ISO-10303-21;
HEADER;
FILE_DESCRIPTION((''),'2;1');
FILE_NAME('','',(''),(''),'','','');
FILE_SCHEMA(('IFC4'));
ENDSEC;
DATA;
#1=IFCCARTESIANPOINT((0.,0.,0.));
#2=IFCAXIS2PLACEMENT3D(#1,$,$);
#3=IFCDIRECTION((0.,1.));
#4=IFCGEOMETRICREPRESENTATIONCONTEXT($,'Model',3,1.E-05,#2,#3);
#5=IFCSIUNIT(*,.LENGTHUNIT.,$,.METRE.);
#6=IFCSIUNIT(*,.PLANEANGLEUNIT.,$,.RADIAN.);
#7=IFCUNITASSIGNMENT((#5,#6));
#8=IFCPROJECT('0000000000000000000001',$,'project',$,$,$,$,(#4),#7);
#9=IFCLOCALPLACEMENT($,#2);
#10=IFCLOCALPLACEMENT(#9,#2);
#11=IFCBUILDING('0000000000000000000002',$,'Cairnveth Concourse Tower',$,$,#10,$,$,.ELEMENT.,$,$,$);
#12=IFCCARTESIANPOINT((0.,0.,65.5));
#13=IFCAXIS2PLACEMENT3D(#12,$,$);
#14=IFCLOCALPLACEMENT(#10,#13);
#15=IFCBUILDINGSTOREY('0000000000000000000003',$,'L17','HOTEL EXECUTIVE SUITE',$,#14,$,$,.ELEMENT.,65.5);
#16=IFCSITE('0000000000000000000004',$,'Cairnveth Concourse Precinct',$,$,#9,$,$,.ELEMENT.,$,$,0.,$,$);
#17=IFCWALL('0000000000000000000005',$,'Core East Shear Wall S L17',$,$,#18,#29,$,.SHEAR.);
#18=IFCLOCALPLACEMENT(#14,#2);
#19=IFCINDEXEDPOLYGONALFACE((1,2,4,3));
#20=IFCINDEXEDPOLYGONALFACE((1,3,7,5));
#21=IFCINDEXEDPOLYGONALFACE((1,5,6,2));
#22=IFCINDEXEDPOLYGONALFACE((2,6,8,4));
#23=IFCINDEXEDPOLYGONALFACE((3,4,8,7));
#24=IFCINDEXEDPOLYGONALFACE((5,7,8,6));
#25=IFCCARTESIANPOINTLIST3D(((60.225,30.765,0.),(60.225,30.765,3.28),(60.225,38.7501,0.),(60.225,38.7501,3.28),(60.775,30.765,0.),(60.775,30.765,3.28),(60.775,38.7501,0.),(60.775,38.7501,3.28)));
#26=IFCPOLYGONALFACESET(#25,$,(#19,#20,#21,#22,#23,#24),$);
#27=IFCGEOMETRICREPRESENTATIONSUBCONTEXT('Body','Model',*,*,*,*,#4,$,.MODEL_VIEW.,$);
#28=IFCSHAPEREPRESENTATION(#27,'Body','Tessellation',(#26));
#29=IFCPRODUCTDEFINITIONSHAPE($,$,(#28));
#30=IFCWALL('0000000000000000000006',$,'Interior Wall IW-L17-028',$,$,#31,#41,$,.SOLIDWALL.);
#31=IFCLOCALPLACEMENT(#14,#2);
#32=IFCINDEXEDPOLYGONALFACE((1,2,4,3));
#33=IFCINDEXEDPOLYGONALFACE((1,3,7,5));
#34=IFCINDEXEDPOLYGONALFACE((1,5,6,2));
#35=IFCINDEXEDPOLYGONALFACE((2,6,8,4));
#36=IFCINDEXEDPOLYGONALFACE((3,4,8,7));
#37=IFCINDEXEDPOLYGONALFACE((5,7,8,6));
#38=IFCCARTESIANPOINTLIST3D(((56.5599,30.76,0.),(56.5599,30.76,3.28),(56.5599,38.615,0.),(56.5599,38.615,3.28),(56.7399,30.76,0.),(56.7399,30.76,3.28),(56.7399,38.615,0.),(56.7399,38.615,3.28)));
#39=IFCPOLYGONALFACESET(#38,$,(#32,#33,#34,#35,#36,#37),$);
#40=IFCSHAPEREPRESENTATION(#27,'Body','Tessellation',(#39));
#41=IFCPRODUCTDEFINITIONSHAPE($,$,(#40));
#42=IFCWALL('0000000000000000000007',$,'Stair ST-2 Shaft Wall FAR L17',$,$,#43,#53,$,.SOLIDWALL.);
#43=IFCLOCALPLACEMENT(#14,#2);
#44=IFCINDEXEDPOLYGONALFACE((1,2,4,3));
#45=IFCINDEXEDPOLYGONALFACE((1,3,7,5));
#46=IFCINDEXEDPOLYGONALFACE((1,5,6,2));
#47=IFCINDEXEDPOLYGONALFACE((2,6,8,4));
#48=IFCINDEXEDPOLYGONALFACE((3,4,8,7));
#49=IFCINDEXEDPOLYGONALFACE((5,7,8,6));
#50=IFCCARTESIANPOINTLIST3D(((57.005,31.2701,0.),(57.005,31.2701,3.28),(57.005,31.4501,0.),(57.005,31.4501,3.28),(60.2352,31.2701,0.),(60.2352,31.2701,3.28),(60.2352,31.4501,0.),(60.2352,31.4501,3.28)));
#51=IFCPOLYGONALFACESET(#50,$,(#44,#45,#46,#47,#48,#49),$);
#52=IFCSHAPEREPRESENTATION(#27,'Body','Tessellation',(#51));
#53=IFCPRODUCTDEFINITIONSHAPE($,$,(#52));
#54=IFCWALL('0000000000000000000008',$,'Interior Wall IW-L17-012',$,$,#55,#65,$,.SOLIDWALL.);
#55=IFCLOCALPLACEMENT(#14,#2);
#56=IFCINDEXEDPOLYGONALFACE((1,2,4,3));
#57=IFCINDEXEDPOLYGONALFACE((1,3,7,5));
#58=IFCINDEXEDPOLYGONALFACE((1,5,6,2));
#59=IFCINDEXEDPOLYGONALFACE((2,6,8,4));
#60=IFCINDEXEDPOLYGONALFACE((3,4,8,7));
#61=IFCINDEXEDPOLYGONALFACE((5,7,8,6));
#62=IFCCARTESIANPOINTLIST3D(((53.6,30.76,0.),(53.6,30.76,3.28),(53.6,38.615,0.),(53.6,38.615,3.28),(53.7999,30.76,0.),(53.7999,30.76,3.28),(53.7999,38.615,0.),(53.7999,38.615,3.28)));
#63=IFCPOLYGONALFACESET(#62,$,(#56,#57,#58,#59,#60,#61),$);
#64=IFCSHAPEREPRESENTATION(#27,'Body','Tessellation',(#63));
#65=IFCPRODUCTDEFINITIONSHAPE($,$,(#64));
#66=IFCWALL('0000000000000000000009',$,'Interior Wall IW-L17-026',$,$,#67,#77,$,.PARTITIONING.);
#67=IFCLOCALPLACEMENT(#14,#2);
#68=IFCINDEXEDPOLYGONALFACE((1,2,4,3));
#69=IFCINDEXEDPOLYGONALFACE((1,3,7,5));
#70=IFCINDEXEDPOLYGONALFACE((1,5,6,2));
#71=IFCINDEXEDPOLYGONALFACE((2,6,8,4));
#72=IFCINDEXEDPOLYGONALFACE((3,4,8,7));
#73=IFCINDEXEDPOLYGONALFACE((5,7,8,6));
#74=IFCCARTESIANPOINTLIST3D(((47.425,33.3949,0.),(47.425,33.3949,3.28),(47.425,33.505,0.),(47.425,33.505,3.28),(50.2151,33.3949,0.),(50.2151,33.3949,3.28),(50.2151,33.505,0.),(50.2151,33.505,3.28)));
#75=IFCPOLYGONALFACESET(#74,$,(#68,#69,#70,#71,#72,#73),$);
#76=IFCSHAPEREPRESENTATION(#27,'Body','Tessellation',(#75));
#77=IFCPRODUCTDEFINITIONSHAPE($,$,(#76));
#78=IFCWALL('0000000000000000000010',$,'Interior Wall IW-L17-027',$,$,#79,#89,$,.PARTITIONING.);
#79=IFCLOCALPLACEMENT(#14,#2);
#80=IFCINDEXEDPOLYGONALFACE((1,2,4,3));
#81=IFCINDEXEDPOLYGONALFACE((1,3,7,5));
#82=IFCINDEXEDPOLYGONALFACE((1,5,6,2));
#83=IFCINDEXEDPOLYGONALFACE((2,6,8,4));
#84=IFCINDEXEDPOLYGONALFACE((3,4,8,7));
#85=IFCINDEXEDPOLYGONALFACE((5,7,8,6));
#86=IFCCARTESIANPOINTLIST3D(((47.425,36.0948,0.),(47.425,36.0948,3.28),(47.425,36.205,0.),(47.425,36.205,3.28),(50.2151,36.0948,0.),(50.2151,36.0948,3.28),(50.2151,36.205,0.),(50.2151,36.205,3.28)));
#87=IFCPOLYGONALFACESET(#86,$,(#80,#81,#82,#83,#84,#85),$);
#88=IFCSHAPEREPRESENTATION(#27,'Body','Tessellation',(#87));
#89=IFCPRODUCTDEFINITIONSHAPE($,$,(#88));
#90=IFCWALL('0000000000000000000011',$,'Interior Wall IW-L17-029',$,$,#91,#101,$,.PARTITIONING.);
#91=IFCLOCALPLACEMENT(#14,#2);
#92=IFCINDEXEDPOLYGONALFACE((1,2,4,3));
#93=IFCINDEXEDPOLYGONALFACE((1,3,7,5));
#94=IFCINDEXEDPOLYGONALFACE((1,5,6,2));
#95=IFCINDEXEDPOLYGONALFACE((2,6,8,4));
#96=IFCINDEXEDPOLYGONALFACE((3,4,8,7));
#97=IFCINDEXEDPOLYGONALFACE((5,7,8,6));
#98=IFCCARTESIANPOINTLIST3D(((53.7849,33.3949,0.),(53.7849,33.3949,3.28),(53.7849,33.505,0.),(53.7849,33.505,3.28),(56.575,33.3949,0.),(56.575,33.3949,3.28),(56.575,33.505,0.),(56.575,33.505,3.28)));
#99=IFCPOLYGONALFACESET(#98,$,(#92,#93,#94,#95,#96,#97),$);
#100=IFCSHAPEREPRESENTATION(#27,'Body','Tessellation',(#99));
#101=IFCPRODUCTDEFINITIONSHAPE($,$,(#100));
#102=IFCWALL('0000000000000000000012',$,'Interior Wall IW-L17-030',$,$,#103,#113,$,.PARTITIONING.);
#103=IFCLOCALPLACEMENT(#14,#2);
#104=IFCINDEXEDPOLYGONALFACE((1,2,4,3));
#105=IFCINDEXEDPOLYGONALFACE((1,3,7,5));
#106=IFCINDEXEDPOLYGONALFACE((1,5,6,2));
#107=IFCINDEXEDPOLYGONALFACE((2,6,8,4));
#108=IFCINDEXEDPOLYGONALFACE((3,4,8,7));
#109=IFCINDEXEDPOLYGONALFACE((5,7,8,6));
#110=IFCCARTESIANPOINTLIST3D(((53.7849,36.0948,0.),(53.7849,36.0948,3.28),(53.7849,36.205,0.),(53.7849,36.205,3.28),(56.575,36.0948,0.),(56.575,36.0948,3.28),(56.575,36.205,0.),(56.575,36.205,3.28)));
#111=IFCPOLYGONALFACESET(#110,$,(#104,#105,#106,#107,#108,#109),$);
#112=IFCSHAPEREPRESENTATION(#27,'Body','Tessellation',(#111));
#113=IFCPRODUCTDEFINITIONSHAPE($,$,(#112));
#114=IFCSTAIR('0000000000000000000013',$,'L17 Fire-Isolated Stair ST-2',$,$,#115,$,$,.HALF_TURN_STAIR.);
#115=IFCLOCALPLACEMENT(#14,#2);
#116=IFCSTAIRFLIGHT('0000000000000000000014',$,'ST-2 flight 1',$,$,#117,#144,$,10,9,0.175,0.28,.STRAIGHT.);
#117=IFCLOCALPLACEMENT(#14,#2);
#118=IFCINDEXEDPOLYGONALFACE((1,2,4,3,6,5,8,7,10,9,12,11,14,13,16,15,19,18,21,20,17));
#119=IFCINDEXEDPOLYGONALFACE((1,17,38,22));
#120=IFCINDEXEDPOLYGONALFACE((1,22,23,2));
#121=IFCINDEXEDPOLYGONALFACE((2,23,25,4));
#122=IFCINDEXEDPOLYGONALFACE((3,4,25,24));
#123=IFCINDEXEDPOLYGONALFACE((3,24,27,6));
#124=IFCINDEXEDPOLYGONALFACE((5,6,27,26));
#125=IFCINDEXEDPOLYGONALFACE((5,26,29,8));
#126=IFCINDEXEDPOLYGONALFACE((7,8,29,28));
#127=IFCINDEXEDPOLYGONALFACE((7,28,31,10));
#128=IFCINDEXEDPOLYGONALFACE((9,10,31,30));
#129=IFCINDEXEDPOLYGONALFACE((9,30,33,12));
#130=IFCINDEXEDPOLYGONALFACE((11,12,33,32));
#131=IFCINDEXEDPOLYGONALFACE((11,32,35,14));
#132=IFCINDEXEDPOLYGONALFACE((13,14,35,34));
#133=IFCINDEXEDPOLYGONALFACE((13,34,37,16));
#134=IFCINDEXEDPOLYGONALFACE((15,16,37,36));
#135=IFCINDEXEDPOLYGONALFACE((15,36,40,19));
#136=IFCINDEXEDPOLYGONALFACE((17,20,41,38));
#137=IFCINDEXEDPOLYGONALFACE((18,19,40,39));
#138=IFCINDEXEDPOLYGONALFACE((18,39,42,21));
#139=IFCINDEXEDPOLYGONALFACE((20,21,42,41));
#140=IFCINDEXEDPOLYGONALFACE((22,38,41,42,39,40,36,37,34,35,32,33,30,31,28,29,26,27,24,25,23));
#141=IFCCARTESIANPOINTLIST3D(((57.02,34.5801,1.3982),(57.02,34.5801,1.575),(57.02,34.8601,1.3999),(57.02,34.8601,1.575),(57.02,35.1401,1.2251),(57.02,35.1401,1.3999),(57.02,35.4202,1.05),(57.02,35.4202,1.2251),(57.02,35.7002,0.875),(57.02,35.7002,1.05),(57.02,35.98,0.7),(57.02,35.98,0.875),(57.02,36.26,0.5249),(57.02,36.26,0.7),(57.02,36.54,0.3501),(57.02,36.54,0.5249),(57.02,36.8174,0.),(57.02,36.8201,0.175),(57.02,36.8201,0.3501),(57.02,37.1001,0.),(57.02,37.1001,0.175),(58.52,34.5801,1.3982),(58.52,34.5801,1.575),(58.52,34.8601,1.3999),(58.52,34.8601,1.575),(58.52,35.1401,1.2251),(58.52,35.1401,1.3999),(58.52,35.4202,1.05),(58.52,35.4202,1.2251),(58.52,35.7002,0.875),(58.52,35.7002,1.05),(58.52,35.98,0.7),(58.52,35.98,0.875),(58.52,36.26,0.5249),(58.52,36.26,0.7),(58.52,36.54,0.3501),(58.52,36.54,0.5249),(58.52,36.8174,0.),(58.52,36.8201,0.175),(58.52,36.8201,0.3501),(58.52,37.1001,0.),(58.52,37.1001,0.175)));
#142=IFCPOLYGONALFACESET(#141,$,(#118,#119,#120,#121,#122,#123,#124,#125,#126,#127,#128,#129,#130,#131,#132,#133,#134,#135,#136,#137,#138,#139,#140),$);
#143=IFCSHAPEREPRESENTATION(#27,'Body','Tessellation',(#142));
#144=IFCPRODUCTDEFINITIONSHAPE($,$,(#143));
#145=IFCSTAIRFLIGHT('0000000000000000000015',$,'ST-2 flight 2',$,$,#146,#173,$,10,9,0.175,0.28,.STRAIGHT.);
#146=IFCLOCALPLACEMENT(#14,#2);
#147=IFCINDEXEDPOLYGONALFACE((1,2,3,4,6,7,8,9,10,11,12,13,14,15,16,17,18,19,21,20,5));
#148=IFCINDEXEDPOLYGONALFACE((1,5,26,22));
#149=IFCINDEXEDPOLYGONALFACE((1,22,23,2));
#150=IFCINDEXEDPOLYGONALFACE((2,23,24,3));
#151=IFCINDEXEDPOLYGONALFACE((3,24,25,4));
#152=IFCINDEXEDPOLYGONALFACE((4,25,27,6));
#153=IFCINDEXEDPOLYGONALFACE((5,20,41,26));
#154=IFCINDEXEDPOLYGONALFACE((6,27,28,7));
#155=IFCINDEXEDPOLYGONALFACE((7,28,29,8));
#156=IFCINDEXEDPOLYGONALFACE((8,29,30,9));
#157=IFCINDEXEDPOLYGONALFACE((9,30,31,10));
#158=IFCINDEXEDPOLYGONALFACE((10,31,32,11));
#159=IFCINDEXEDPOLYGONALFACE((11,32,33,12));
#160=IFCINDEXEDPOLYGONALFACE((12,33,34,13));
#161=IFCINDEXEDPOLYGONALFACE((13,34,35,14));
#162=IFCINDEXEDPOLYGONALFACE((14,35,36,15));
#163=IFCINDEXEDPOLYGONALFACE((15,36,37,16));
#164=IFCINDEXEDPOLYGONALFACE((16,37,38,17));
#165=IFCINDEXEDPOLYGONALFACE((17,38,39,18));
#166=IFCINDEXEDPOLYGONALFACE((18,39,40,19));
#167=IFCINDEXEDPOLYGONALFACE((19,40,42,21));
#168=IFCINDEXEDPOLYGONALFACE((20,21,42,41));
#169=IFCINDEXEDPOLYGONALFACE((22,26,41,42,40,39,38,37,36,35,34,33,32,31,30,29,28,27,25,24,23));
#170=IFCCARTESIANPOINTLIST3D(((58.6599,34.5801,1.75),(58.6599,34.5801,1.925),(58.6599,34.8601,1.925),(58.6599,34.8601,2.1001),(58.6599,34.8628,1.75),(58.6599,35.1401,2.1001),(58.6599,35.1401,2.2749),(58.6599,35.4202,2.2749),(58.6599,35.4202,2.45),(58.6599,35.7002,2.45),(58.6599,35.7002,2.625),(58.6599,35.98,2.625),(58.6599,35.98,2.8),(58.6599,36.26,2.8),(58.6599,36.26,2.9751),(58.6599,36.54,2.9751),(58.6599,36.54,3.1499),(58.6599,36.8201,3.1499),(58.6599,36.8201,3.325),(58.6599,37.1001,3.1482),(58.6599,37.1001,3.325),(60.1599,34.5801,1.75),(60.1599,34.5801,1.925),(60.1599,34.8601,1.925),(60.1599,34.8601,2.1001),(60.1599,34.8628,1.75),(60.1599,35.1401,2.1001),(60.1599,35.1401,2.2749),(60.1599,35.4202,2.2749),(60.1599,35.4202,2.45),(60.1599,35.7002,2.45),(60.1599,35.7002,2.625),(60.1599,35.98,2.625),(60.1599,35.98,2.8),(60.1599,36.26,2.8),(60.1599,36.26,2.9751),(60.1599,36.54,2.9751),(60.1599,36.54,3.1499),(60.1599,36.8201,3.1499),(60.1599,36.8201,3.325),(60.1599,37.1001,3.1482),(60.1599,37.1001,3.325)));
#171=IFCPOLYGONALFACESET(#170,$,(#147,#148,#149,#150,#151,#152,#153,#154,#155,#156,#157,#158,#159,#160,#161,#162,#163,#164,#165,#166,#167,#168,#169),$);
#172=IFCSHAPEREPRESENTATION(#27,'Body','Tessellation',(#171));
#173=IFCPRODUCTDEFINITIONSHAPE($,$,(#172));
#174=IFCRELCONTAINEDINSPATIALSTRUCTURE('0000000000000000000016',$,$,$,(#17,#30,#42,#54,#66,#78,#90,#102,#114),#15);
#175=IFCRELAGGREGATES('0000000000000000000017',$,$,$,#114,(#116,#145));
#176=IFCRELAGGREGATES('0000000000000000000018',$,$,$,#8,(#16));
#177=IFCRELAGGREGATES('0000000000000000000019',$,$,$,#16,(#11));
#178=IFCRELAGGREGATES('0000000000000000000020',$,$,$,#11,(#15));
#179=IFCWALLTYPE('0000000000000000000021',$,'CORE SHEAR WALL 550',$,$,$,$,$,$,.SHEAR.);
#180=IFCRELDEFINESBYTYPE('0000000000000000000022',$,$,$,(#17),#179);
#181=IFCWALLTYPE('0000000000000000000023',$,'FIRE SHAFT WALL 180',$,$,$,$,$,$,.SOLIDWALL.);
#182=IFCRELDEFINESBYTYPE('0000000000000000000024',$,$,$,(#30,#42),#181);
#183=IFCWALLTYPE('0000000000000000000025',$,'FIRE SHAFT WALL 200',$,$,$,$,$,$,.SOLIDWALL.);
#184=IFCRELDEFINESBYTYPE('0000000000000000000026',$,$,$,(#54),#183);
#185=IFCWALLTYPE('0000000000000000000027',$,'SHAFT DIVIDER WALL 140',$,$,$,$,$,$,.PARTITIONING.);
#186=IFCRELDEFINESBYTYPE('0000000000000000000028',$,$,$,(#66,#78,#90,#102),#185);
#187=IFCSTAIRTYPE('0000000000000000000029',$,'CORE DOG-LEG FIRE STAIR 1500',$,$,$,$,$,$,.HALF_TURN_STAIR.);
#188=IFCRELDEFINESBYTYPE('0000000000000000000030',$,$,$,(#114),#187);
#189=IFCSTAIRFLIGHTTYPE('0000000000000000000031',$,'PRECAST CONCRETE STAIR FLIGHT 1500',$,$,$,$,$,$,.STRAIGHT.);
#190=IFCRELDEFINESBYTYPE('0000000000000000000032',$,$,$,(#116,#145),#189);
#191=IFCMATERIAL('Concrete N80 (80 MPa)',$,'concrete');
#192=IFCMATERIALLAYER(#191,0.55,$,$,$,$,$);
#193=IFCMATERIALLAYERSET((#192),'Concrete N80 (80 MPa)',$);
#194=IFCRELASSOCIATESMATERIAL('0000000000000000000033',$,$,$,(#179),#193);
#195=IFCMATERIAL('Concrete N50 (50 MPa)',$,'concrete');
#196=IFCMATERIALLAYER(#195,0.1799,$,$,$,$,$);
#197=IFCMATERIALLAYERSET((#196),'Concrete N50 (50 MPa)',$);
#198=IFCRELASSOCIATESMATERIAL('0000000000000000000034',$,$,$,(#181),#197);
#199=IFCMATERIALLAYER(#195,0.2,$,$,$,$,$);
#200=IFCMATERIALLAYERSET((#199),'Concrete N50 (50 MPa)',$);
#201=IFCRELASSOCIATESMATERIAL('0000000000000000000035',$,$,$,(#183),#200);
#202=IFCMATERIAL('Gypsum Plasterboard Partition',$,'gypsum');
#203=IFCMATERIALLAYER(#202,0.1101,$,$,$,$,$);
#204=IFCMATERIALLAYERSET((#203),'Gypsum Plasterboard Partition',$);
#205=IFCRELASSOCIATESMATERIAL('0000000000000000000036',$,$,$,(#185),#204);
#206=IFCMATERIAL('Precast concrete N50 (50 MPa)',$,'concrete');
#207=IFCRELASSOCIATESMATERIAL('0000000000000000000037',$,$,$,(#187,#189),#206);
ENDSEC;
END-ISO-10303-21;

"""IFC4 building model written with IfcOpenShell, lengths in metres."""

from ifc_helpers import new_model, si_unit, direction, frame, frame_2d, origin, place, context, subcontext, project, spatial, polyline, rectangle, outline, extrude, material, layer, layer_set, type_object, element, aggregate, save


model = new_model("IFC4")

# Units and contexts
model_context = context("Model", 3, precision=1e-05, world=origin(), true_north=direction((0.0, 1.0)))
body_context = subcontext(model_context, "Body", "Model", "MODEL_VIEW")
ifc_project = project(units=[si_unit("LENGTHUNIT", "METRE"), si_unit("PLANEANGLEUNIT", "RADIAN")], contexts=[model_context])

# Site, building, storey
site_placement = place(None, origin())
site = spatial("IfcSite", under=ifc_project, at=site_placement, Name="Cairnveth Concourse Precinct", CompositionType="ELEMENT", RefElevation=0.0)
building_placement = place(site_placement, origin())
building = spatial("IfcBuilding", under=site, at=building_placement, Name="Cairnveth Concourse Tower", CompositionType="ELEMENT")
storey_placement = place(building_placement, frame((0.0, 0.0, 65.5)))
storey = spatial("IfcBuildingStorey", under=building, at=storey_placement, Name="L17", Description="HOTEL EXECUTIVE SUITE", CompositionType="ELEMENT", Elevation=65.5)

# Walls
ifc_material_1 = material(Name="Concrete N80 (80 MPa)", Category="concrete")
ifc_layer_1 = layer(ifc_material_1, 0.55)
ifc_layer_set_1 = layer_set([ifc_layer_1], Name="Concrete N80 (80 MPa)")
wall_type_1 = type_object("IfcWallType", Name="CORE SHEAR WALL 550", PredefinedType="SHEAR", material=ifc_layer_set_1)
wall_1_placement = place(storey_placement, frame((60.5, 30.7649, 0.0), z_axis=(0.0, 0.0, 1.0), x_axis=(0.0, 1.0, 0.0)))
element("IfcWall", 1, at=wall_1_placement, inside=storey, type_object=wall_type_1, Name="Core East Shear Wall S L17", PredefinedType="SHEAR", context=body_context, shape_type="SweptSolid", body=[
    extrude(rectangle(XDim=7.9851, YDim=0.55, at=frame_2d((3.9927, 0.0))), origin(), (0.0, 0.0, 1.0), 3.28),
])
ifc_material_2 = material(Name="Concrete N50 (50 MPa)", Category="concrete")
ifc_layer_2 = layer(ifc_material_2, 0.1799)
ifc_layer_set_2 = layer_set([ifc_layer_2], Name="Concrete N50 (50 MPa)")
wall_type_2 = type_object("IfcWallType", Name="FIRE SHAFT WALL 180", PredefinedType="SOLIDWALL", material=ifc_layer_set_2)
wall_2_placement = place(storey_placement, frame((56.6499, 30.76, 0.0), z_axis=(0.0, 0.0, 1.0), x_axis=(0.0, 1.0, 0.0)))
element("IfcWall", 2, at=wall_2_placement, inside=storey, type_object=wall_type_2, Name="Interior Wall IW-L17-028", PredefinedType="SOLIDWALL", context=body_context, shape_type="SweptSolid", body=[
    extrude(rectangle(XDim=7.855, YDim=0.1799, at=frame_2d((3.9275, 0.0))), origin(), (0.0, 0.0, 1.0), 3.28),
])
wall_3_placement = place(storey_placement, frame((57.0049, 31.3601, 0.0), z_axis=(0.0, 0.0, 1.0), x_axis=(1.0, 0.0, 0.0)))
element("IfcWall", 3, at=wall_3_placement, inside=storey, type_object=wall_type_2, Name="Stair ST-2 Shaft Wall FAR L17", PredefinedType="SOLIDWALL", context=body_context, shape_type="SweptSolid", body=[
    extrude(rectangle(XDim=3.2302, YDim=0.1799, at=frame_2d((1.6152, 0.0))), origin(), (0.0, 0.0, 1.0), 3.28),
])
ifc_layer_3 = layer(ifc_material_2, 0.2)
ifc_layer_set_3 = layer_set([ifc_layer_3], Name="Concrete N50 (50 MPa)")
wall_type_3 = type_object("IfcWallType", Name="FIRE SHAFT WALL 200", PredefinedType="SOLIDWALL", material=ifc_layer_set_3)
wall_4_placement = place(storey_placement, frame((53.7, 30.76, 0.0), z_axis=(0.0, 0.0, 1.0), x_axis=(0.0, 1.0, 0.0)))
element("IfcWall", 4, at=wall_4_placement, inside=storey, type_object=wall_type_3, Name="Interior Wall IW-L17-012", PredefinedType="SOLIDWALL", context=body_context, shape_type="SweptSolid", body=[
    extrude(rectangle(XDim=7.855, YDim=0.2, at=frame_2d((3.9275, 0.0))), origin(), (0.0, 0.0, 1.0), 3.28),
])
ifc_material_3 = material(Name="Gypsum Plasterboard Partition", Category="gypsum")
ifc_layer_4 = layer(ifc_material_3, 0.1101)
ifc_layer_set_4 = layer_set([ifc_layer_4], Name="Gypsum Plasterboard Partition")
wall_type_4 = type_object("IfcWallType", Name="SHAFT DIVIDER WALL 140", PredefinedType="PARTITIONING", material=ifc_layer_set_4)
for number, where, z_axis, x_axis, name in (
    (5, (47.425, 33.45, 0.0), (0.0, 0.0, 1.0), (1.0, 0.0, 0.0), "Interior Wall IW-L17-026"),
    (6, (47.425, 36.1499, 0.0), (0.0, 0.0, 1.0), (1.0, 0.0, 0.0), "Interior Wall IW-L17-027"),
    (7, (53.7849, 33.45, 0.0), (0.0, 0.0, 1.0), (1.0, 0.0, 0.0), "Interior Wall IW-L17-029"),
    (8, (53.7849, 36.1499, 0.0), (0.0, 0.0, 1.0), (1.0, 0.0, 0.0), "Interior Wall IW-L17-030"),
):
    element("IfcWall", number, at=place(storey_placement, frame(where, z_axis=z_axis, x_axis=x_axis)), inside=storey, type_object=wall_type_4, Name=name, PredefinedType="PARTITIONING", context=body_context, shape_type="SweptSolid", body=[
        extrude(rectangle(XDim=2.79, YDim=0.1101, at=frame_2d((1.395, 0.0))), origin(), (0.0, 0.0, 1.0), 3.28),
    ])

# Stair, stair flights
ifc_material_4 = material(Name="Precast concrete N50 (50 MPa)", Category="concrete")
stair_type = type_object("IfcStairType", Name="CORE DOG-LEG FIRE STAIR 1500", PredefinedType="HALF_TURN_STAIR", material=ifc_material_4)
stair_placement = place(storey_placement, origin())
stair = element("IfcStair", 9, at=stair_placement, inside=storey, type_object=stair_type, Name="L17 Fire-Isolated Stair ST-2", PredefinedType="HALF_TURN_STAIR")
stair_flight_type = type_object("IfcStairFlightType", Name="PRECAST CONCRETE STAIR FLIGHT 1500", PredefinedType="STRAIGHT", material=ifc_material_4)
stair_flight_1_placement = place(storey_placement, frame((57.77, 37.1001, 0.0), z_axis=(0.0, 0.0, 1.0), x_axis=(0.0, -1.0, 0.0)))
stair_flight_1 = element("IfcStairFlight", 10, at=stair_flight_1_placement, type_object=stair_flight_type, Name="ST-2 flight 1", NumberOfRisers=10, NumberOfTreads=9, PredefinedType="STRAIGHT", RiserHeight=0.175, TreadLength=0.28, context=body_context, shape_type="SweptSolid", body=[
    extrude(outline(polyline([(0.0, 0.0), (0.0, 0.175), (0.28, 0.175), (0.28, 0.3501), (0.5601, 0.3501), (0.5601, 0.5249), (0.8401, 0.5249), (0.8401, 0.7), (1.1201, 0.7), (1.1201, 0.875), (1.3999, 0.875), (1.3999, 1.05), (1.6799, 1.05), (1.6799, 1.2251), (1.96, 1.2251), (1.96, 1.3999), (2.24, 1.3999), (2.24, 1.575), (2.52, 1.575), (2.52, 1.75), (2.52, 1.3982), (0.2827, 0.0), (0.0, 0.0)])), frame((0.0, 0.75, 0.0), z_axis=(0.0, -1.0, 0.0), x_axis=(1.0, 0.0, 0.0)), (0.0, 0.0, 1.0), 1.5),
])
stair_flight_2_placement = place(storey_placement, frame((59.4099, 34.5801, 1.75), z_axis=(0.0, 0.0, 1.0), x_axis=(0.0, 1.0, 0.0)))
stair_flight_2 = element("IfcStairFlight", 11, at=stair_flight_2_placement, type_object=stair_flight_type, Name="ST-2 flight 2", NumberOfRisers=10, NumberOfTreads=9, PredefinedType="STRAIGHT", RiserHeight=0.175, TreadLength=0.28, context=body_context, shape_type="SweptSolid", body=[
    extrude(outline(polyline([(0.0, 0.0), (0.0, 0.175), (0.28, 0.175), (0.28, 0.3501), (0.5601, 0.3501), (0.5601, 0.5249), (0.8401, 0.5249), (0.8401, 0.7), (1.1201, 0.7), (1.1201, 0.875), (1.3999, 0.875), (1.3999, 1.05), (1.6799, 1.05), (1.6799, 1.2251), (1.96, 1.2251), (1.96, 1.3999), (2.24, 1.3999), (2.24, 1.575), (2.52, 1.575), (2.52, 1.75), (2.52, 1.3982), (0.2827, 0.0), (0.0, 0.0)])), frame((0.0, 0.75, 0.0), z_axis=(0.0, -1.0, 0.0), x_axis=(1.0, 0.0, 0.0)), (0.0, 0.0, 1.0), 1.5),
])
aggregate(stair, [stair_flight_1, stair_flight_2])

save(model, "model.ifc")
